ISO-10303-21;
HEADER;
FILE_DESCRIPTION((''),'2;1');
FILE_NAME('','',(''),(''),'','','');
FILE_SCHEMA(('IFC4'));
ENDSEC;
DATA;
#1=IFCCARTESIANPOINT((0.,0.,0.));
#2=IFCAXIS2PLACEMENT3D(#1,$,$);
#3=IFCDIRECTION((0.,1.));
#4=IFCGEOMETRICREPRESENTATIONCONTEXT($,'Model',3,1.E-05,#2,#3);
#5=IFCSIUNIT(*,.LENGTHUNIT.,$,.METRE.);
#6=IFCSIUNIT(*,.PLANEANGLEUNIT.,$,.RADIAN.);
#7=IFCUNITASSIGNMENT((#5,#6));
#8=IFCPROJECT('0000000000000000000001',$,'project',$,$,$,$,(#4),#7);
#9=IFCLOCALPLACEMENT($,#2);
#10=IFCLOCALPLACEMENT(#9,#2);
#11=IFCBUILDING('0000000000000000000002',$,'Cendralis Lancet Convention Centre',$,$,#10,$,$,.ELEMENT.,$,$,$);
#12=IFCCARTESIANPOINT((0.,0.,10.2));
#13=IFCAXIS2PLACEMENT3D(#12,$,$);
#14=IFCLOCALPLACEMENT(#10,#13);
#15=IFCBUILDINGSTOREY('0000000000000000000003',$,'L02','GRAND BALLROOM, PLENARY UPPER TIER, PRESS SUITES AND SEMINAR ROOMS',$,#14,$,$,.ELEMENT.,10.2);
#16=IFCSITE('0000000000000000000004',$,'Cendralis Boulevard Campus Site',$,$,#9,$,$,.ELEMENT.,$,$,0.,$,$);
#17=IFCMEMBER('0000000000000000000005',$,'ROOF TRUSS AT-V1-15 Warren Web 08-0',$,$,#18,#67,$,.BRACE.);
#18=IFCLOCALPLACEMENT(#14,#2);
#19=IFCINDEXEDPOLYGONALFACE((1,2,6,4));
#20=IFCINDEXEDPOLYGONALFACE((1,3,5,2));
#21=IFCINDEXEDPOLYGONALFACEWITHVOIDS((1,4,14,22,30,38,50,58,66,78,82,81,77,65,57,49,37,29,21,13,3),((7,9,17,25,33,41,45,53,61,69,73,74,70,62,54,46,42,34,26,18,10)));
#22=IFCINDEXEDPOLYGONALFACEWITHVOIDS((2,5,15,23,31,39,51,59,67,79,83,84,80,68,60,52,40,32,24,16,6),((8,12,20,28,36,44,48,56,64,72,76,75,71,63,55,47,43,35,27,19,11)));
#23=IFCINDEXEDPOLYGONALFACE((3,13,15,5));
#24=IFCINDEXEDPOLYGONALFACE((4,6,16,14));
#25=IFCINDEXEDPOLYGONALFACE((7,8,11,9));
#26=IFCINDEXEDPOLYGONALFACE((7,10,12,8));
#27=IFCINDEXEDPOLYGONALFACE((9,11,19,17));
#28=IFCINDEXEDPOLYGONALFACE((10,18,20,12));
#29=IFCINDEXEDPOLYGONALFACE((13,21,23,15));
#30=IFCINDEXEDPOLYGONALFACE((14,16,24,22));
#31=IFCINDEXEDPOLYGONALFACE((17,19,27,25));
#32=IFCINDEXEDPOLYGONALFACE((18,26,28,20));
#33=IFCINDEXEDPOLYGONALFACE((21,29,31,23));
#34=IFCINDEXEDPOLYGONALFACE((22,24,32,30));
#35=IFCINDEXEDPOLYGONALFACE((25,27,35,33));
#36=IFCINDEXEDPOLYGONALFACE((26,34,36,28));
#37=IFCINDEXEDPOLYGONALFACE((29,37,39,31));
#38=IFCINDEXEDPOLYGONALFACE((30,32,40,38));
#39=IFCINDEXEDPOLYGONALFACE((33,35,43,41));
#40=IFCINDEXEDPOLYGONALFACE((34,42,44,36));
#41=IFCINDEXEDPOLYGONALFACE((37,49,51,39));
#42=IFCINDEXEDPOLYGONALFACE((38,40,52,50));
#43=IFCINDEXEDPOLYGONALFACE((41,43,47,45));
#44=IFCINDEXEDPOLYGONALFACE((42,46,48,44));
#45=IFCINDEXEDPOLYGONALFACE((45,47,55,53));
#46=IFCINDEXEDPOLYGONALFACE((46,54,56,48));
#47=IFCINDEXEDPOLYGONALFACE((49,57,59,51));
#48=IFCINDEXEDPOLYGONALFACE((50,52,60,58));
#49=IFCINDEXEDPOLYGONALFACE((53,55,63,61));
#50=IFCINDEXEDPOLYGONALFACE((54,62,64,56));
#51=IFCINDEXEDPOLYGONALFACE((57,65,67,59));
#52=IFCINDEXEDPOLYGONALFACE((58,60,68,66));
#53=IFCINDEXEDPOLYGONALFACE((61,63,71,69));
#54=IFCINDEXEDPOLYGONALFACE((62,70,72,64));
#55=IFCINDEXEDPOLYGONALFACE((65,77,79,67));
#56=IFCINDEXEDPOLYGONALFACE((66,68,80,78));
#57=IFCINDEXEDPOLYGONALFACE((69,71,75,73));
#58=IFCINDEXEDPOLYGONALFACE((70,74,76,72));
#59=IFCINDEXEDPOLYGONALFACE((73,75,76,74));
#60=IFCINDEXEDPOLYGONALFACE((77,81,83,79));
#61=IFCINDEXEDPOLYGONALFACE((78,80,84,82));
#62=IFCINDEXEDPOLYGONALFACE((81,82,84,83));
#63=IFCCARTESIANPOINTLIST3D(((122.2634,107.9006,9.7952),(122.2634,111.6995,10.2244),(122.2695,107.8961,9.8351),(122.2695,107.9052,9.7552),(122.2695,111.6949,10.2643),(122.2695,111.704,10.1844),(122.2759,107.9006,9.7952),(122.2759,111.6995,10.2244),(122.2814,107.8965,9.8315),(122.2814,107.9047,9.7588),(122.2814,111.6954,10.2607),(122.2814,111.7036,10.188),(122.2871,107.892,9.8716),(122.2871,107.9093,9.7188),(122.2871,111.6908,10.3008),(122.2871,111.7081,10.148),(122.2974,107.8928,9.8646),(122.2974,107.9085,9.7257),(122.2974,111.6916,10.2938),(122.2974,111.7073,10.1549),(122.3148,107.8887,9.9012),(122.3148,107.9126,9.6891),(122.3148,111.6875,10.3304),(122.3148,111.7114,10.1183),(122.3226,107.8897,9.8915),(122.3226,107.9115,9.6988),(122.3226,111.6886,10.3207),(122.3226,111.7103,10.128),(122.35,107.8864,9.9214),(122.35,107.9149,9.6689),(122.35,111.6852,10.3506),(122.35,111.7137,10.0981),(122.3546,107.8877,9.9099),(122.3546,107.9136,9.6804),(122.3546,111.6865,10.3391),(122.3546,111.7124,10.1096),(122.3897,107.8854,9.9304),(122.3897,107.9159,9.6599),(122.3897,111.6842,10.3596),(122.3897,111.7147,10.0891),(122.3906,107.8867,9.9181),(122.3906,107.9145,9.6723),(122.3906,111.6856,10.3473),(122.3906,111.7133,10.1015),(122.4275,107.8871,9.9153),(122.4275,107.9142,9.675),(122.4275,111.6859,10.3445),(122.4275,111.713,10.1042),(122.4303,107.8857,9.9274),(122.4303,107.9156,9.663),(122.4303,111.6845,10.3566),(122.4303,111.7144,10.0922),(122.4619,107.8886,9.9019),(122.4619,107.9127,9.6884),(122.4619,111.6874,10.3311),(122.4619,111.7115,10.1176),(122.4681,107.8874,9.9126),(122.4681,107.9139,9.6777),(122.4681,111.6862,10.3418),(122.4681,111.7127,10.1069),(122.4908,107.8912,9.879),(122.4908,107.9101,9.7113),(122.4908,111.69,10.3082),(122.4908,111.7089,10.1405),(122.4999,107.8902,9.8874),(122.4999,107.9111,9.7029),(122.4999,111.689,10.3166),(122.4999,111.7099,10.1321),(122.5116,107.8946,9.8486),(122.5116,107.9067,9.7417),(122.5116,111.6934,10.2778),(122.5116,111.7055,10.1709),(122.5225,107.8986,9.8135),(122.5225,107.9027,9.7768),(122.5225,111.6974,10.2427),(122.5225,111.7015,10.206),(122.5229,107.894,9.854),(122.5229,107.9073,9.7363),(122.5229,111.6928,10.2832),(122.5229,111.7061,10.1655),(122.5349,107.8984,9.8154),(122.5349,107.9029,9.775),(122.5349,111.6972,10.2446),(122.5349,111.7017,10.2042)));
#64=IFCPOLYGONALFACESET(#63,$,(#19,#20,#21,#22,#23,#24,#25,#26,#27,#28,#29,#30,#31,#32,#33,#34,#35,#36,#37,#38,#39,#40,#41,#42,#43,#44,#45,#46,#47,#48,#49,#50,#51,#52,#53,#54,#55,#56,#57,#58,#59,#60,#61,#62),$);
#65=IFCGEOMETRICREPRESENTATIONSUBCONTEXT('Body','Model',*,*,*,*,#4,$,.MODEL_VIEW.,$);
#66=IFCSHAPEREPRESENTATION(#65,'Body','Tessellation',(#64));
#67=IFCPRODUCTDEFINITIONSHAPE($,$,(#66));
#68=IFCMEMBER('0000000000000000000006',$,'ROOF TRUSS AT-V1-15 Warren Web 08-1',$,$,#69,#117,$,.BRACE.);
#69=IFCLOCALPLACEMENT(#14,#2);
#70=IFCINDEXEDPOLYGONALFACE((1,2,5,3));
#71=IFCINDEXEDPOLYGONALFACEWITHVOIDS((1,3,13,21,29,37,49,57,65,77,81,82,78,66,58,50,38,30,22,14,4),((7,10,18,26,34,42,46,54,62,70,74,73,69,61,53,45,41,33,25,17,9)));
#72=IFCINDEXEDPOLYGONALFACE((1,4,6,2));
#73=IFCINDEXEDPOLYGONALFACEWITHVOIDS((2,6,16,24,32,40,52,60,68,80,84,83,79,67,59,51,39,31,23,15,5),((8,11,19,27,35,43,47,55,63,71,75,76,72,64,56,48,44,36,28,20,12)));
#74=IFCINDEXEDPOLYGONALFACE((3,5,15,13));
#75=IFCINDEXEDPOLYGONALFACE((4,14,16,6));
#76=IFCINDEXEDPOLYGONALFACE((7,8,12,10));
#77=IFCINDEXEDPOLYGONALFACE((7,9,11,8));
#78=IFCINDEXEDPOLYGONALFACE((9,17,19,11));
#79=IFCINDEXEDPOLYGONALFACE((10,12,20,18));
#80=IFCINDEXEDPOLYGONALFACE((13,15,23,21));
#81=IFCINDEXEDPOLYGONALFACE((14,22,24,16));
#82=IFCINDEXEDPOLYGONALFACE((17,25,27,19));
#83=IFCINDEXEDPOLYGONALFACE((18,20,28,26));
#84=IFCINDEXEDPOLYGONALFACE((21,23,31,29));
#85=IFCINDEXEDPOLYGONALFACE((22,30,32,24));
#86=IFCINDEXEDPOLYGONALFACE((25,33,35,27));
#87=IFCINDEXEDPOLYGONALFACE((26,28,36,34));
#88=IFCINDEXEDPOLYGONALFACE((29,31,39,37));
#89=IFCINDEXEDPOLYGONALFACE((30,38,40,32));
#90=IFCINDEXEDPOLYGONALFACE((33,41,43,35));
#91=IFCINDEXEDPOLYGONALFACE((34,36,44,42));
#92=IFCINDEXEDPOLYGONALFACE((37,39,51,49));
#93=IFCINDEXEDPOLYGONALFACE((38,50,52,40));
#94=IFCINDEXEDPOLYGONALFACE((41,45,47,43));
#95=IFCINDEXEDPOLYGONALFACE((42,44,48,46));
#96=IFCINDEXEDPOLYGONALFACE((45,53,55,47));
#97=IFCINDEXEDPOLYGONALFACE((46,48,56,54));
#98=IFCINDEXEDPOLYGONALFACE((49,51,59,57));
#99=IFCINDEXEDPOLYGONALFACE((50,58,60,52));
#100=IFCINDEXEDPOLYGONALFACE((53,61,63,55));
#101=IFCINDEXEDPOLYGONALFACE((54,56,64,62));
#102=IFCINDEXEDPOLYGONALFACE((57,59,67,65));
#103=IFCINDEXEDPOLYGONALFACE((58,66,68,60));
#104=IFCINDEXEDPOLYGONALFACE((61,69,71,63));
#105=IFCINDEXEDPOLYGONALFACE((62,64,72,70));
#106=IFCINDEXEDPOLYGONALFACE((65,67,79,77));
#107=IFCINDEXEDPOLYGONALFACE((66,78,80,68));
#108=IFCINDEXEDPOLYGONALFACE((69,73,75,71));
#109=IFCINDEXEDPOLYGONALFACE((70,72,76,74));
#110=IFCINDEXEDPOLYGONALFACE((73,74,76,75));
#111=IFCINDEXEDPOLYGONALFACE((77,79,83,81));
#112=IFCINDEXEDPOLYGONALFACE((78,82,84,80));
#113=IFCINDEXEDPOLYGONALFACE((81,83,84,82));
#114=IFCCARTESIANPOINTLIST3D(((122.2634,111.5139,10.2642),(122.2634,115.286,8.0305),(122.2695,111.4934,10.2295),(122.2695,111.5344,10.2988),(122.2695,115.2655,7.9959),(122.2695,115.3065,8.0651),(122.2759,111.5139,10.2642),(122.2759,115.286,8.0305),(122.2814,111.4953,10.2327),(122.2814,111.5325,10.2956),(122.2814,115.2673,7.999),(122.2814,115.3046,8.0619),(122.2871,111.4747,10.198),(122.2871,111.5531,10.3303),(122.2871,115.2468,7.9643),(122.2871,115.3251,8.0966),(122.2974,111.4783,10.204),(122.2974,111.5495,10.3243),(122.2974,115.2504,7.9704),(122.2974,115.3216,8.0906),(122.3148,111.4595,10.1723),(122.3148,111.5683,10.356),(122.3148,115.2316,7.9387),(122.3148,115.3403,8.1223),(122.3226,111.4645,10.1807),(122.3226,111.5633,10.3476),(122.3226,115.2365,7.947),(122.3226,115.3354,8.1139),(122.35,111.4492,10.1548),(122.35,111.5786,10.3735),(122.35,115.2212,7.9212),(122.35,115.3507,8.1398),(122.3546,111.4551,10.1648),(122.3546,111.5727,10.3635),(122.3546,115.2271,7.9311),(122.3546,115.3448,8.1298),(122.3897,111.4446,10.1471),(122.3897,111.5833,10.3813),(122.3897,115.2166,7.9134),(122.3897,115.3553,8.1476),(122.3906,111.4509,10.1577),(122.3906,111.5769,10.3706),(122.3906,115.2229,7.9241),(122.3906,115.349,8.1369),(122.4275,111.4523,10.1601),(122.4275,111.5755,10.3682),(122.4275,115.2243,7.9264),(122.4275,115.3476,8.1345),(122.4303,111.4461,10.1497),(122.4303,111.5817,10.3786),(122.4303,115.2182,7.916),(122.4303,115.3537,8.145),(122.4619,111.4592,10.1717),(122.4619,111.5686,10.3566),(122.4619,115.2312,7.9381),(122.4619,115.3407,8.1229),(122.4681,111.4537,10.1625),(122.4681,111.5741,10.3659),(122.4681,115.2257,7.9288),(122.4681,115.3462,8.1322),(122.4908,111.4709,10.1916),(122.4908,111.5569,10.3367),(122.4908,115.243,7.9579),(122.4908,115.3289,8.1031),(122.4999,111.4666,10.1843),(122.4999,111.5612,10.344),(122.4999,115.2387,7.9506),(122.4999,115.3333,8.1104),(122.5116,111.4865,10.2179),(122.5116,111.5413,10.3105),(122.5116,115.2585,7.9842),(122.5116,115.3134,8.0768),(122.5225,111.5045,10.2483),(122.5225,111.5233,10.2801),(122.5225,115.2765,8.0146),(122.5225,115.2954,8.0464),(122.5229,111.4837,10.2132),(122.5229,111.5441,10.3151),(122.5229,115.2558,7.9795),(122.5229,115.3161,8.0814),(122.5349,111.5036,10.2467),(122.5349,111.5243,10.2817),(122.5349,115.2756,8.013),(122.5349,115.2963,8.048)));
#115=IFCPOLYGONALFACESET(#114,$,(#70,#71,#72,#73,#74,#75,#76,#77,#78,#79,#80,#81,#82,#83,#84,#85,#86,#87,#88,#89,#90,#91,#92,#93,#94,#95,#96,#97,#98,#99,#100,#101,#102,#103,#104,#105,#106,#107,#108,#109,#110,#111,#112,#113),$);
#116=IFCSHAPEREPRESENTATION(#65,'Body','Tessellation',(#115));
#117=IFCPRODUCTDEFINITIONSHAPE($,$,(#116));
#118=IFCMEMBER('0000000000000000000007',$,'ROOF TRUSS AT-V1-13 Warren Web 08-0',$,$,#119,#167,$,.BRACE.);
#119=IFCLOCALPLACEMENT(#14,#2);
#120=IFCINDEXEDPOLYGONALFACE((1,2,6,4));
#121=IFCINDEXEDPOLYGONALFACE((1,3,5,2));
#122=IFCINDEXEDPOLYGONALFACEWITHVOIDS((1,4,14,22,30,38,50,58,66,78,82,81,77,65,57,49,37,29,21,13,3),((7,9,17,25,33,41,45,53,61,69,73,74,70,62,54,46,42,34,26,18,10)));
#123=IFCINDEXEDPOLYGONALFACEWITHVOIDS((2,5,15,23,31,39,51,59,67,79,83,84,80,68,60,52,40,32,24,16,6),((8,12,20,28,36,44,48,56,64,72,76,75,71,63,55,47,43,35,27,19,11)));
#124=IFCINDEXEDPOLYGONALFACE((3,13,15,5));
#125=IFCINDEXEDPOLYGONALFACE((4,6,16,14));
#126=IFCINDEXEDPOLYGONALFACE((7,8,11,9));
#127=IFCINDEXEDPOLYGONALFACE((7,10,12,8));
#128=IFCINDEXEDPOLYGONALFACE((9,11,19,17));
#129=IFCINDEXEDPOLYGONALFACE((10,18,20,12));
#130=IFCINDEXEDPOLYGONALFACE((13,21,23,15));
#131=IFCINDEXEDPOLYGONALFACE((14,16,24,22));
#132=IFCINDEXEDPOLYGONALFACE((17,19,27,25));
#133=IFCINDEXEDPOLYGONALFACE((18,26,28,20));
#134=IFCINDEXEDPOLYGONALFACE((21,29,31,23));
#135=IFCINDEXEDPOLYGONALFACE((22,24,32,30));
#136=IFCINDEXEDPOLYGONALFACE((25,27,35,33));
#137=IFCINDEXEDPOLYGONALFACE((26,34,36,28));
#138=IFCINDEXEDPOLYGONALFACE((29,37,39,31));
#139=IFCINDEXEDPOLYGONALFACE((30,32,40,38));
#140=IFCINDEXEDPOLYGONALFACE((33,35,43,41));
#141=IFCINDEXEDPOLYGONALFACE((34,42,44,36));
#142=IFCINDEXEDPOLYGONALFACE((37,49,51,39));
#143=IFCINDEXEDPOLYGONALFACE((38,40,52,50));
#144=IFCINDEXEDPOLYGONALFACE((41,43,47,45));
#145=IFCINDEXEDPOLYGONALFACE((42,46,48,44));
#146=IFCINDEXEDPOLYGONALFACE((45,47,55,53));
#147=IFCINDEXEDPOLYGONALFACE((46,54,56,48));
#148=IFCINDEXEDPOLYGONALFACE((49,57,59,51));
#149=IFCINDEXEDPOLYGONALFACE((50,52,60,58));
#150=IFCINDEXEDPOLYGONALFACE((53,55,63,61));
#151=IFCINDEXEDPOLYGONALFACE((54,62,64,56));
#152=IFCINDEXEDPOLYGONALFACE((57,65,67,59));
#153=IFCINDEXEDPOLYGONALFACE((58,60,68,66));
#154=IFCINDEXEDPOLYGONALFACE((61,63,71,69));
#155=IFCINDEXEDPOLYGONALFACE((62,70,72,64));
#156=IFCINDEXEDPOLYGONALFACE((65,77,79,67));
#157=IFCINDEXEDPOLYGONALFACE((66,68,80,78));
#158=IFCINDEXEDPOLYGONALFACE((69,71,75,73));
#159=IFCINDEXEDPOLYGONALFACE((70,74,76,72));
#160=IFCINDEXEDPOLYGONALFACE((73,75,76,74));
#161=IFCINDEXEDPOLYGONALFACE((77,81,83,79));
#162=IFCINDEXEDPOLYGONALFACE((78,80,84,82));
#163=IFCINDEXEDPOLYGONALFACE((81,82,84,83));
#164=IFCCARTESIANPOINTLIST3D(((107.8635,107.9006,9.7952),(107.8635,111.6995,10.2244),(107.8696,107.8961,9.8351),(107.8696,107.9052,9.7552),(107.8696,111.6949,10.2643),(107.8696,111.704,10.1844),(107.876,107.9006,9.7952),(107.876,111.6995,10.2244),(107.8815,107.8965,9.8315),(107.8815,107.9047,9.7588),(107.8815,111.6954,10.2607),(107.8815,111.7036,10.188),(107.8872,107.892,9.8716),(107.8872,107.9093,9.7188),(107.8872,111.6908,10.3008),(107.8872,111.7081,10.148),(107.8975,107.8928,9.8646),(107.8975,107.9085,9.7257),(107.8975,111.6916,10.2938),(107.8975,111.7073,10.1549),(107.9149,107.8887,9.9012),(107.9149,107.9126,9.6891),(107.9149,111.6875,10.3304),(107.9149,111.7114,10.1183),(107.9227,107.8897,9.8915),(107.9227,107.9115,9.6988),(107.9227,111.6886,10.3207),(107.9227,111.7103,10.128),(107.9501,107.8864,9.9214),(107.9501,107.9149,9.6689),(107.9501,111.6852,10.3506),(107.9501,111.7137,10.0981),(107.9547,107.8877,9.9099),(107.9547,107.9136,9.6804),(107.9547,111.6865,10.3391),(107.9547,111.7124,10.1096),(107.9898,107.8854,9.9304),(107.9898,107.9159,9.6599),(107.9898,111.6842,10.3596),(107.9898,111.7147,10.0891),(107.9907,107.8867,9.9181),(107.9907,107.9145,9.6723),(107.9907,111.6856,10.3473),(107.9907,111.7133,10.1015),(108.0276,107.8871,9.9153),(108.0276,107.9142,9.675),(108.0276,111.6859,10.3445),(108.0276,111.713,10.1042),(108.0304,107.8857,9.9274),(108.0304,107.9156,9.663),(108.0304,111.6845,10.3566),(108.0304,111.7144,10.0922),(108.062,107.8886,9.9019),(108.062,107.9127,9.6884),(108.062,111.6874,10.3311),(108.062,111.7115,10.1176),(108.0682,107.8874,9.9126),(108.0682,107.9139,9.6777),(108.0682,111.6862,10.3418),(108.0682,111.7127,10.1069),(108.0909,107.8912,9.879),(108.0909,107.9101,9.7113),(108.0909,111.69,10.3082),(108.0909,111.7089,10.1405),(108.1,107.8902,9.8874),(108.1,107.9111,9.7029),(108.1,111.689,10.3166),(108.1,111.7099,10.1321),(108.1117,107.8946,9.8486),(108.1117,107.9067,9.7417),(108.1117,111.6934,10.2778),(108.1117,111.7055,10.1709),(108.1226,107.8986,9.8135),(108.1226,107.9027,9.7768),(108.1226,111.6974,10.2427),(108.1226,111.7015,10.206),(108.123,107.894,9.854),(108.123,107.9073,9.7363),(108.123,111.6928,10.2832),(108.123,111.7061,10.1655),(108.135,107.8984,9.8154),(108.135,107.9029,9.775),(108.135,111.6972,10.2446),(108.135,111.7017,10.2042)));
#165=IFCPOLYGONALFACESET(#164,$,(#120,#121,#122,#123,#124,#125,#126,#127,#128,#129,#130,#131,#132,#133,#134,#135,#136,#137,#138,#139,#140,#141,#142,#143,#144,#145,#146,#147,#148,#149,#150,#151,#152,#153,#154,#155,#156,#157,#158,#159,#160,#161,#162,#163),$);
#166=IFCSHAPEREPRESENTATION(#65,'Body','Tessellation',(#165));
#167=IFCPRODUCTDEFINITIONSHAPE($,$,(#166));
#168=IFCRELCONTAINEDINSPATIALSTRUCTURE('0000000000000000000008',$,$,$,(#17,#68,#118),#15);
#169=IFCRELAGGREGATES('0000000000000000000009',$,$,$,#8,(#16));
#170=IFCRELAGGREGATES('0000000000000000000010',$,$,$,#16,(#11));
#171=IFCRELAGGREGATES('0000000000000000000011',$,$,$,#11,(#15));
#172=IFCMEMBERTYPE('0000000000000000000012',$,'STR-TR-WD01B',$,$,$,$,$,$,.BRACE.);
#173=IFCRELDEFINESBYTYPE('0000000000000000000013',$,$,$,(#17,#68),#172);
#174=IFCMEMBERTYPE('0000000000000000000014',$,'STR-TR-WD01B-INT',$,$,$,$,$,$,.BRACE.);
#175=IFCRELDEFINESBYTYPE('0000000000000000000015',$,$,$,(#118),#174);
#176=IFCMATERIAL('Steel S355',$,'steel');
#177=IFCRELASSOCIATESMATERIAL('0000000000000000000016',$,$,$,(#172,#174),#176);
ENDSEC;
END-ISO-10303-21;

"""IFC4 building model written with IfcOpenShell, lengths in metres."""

from ifc_helpers import new_model, si_unit, direction, frame, origin, origin_2d, place, context, subcontext, project, spatial, hollow_circle, extrude, material, material_profile, profile_set, type_object, element, save


model = new_model("IFC4")

# Units and contexts
model_context = context("Model", 3, precision=1e-05, world=origin(), true_north=direction((0.0, 1.0)))
body_context = subcontext(model_context, "Body", "Model", "MODEL_VIEW")
ifc_project = project(units=[si_unit("LENGTHUNIT", "METRE"), si_unit("PLANEANGLEUNIT", "RADIAN")], contexts=[model_context])

# Site, building, storey
site_placement = place(None, origin())
site = spatial("IfcSite", under=ifc_project, at=site_placement, Name="Cendralis Boulevard Campus Site", CompositionType="ELEMENT", RefElevation=0.0)
building_placement = place(site_placement, origin())
building = spatial("IfcBuilding", under=site, at=building_placement, Name="Cendralis Lancet Convention Centre", CompositionType="ELEMENT")
storey_placement = place(building_placement, frame((0.0, 0.0, 10.2)))
storey = spatial("IfcBuildingStorey", under=building, at=storey_placement, Name="L02", Description="GRAND BALLROOM, PLENARY UPPER TIER, PRESS SUITES AND SEMINAR ROOMS", CompositionType="ELEMENT", Elevation=10.2)

# Members
ifc_material = material(Name="Steel S355", Category="steel")
ifc_material_profile_1 = material_profile(ifc_material, hollow_circle(Radius=0.1365, WallThickness=0.0125, at=origin_2d()), Name="CHS 273.0x12.5")
ifc_profile_set_1 = profile_set([ifc_material_profile_1], Name="Steel S355")
member_type_1 = type_object("IfcMemberType", Name="STR-TR-WD01B", PredefinedType="BRACE", material=ifc_profile_set_1)
member_1_placement = place(storey_placement, frame((122.3999, 107.9006, 9.7952), z_axis=(0.0, 0.993678, 0.112268), x_axis=(-1.0, 0.0, 0.0)))
element("IfcMember", 1, at=member_1_placement, inside=storey, type_object=member_type_1, Name="ROOF TRUSS AT-V1-15 Warren Web 08-0", PredefinedType="BRACE", context=body_context, shape_type="SweptSolid", body=[
    extrude(hollow_circle(Radius=0.1365, WallThickness=0.0125, at=origin_2d()), origin(), (0.0, 0.0, 1.0), 3.823),
])
member_2_placement = place(storey_placement, frame((122.3999, 111.5139, 10.2642), z_axis=(0.0, 0.860452, -0.509532), x_axis=(-1.0, 0.0, 0.0)))
element("IfcMember", 2, at=member_2_placement, inside=storey, type_object=member_type_1, Name="ROOF TRUSS AT-V1-15 Warren Web 08-1", PredefinedType="BRACE", context=body_context, shape_type="SweptSolid", body=[
    extrude(hollow_circle(Radius=0.1365, WallThickness=0.0125, at=origin_2d()), origin(), (0.0, 0.0, 1.0), 4.3838),
])
ifc_material_profile_2 = material_profile(ifc_material, hollow_circle(Radius=0.1365, WallThickness=0.0125, at=origin_2d()), Name="CHS 273.0x12.5")
ifc_profile_set_2 = profile_set([ifc_material_profile_2], Name="Steel S355")
member_type_2 = type_object("IfcMemberType", Name="STR-TR-WD01B-INT", PredefinedType="BRACE", material=ifc_profile_set_2)
member_3_placement = place(storey_placement, frame((108.0, 107.9006, 9.7952), z_axis=(0.0, 0.993678, 0.112268), x_axis=(-1.0, 0.0, 0.0)))
element("IfcMember", 3, at=member_3_placement, inside=storey, type_object=member_type_2, Name="ROOF TRUSS AT-V1-13 Warren Web 08-0", PredefinedType="BRACE", context=body_context, shape_type="SweptSolid", body=[
    extrude(hollow_circle(Radius=0.1365, WallThickness=0.0125, at=origin_2d()), origin(), (0.0, 0.0, 1.0), 3.823),
])

save(model, "model.ifc")
